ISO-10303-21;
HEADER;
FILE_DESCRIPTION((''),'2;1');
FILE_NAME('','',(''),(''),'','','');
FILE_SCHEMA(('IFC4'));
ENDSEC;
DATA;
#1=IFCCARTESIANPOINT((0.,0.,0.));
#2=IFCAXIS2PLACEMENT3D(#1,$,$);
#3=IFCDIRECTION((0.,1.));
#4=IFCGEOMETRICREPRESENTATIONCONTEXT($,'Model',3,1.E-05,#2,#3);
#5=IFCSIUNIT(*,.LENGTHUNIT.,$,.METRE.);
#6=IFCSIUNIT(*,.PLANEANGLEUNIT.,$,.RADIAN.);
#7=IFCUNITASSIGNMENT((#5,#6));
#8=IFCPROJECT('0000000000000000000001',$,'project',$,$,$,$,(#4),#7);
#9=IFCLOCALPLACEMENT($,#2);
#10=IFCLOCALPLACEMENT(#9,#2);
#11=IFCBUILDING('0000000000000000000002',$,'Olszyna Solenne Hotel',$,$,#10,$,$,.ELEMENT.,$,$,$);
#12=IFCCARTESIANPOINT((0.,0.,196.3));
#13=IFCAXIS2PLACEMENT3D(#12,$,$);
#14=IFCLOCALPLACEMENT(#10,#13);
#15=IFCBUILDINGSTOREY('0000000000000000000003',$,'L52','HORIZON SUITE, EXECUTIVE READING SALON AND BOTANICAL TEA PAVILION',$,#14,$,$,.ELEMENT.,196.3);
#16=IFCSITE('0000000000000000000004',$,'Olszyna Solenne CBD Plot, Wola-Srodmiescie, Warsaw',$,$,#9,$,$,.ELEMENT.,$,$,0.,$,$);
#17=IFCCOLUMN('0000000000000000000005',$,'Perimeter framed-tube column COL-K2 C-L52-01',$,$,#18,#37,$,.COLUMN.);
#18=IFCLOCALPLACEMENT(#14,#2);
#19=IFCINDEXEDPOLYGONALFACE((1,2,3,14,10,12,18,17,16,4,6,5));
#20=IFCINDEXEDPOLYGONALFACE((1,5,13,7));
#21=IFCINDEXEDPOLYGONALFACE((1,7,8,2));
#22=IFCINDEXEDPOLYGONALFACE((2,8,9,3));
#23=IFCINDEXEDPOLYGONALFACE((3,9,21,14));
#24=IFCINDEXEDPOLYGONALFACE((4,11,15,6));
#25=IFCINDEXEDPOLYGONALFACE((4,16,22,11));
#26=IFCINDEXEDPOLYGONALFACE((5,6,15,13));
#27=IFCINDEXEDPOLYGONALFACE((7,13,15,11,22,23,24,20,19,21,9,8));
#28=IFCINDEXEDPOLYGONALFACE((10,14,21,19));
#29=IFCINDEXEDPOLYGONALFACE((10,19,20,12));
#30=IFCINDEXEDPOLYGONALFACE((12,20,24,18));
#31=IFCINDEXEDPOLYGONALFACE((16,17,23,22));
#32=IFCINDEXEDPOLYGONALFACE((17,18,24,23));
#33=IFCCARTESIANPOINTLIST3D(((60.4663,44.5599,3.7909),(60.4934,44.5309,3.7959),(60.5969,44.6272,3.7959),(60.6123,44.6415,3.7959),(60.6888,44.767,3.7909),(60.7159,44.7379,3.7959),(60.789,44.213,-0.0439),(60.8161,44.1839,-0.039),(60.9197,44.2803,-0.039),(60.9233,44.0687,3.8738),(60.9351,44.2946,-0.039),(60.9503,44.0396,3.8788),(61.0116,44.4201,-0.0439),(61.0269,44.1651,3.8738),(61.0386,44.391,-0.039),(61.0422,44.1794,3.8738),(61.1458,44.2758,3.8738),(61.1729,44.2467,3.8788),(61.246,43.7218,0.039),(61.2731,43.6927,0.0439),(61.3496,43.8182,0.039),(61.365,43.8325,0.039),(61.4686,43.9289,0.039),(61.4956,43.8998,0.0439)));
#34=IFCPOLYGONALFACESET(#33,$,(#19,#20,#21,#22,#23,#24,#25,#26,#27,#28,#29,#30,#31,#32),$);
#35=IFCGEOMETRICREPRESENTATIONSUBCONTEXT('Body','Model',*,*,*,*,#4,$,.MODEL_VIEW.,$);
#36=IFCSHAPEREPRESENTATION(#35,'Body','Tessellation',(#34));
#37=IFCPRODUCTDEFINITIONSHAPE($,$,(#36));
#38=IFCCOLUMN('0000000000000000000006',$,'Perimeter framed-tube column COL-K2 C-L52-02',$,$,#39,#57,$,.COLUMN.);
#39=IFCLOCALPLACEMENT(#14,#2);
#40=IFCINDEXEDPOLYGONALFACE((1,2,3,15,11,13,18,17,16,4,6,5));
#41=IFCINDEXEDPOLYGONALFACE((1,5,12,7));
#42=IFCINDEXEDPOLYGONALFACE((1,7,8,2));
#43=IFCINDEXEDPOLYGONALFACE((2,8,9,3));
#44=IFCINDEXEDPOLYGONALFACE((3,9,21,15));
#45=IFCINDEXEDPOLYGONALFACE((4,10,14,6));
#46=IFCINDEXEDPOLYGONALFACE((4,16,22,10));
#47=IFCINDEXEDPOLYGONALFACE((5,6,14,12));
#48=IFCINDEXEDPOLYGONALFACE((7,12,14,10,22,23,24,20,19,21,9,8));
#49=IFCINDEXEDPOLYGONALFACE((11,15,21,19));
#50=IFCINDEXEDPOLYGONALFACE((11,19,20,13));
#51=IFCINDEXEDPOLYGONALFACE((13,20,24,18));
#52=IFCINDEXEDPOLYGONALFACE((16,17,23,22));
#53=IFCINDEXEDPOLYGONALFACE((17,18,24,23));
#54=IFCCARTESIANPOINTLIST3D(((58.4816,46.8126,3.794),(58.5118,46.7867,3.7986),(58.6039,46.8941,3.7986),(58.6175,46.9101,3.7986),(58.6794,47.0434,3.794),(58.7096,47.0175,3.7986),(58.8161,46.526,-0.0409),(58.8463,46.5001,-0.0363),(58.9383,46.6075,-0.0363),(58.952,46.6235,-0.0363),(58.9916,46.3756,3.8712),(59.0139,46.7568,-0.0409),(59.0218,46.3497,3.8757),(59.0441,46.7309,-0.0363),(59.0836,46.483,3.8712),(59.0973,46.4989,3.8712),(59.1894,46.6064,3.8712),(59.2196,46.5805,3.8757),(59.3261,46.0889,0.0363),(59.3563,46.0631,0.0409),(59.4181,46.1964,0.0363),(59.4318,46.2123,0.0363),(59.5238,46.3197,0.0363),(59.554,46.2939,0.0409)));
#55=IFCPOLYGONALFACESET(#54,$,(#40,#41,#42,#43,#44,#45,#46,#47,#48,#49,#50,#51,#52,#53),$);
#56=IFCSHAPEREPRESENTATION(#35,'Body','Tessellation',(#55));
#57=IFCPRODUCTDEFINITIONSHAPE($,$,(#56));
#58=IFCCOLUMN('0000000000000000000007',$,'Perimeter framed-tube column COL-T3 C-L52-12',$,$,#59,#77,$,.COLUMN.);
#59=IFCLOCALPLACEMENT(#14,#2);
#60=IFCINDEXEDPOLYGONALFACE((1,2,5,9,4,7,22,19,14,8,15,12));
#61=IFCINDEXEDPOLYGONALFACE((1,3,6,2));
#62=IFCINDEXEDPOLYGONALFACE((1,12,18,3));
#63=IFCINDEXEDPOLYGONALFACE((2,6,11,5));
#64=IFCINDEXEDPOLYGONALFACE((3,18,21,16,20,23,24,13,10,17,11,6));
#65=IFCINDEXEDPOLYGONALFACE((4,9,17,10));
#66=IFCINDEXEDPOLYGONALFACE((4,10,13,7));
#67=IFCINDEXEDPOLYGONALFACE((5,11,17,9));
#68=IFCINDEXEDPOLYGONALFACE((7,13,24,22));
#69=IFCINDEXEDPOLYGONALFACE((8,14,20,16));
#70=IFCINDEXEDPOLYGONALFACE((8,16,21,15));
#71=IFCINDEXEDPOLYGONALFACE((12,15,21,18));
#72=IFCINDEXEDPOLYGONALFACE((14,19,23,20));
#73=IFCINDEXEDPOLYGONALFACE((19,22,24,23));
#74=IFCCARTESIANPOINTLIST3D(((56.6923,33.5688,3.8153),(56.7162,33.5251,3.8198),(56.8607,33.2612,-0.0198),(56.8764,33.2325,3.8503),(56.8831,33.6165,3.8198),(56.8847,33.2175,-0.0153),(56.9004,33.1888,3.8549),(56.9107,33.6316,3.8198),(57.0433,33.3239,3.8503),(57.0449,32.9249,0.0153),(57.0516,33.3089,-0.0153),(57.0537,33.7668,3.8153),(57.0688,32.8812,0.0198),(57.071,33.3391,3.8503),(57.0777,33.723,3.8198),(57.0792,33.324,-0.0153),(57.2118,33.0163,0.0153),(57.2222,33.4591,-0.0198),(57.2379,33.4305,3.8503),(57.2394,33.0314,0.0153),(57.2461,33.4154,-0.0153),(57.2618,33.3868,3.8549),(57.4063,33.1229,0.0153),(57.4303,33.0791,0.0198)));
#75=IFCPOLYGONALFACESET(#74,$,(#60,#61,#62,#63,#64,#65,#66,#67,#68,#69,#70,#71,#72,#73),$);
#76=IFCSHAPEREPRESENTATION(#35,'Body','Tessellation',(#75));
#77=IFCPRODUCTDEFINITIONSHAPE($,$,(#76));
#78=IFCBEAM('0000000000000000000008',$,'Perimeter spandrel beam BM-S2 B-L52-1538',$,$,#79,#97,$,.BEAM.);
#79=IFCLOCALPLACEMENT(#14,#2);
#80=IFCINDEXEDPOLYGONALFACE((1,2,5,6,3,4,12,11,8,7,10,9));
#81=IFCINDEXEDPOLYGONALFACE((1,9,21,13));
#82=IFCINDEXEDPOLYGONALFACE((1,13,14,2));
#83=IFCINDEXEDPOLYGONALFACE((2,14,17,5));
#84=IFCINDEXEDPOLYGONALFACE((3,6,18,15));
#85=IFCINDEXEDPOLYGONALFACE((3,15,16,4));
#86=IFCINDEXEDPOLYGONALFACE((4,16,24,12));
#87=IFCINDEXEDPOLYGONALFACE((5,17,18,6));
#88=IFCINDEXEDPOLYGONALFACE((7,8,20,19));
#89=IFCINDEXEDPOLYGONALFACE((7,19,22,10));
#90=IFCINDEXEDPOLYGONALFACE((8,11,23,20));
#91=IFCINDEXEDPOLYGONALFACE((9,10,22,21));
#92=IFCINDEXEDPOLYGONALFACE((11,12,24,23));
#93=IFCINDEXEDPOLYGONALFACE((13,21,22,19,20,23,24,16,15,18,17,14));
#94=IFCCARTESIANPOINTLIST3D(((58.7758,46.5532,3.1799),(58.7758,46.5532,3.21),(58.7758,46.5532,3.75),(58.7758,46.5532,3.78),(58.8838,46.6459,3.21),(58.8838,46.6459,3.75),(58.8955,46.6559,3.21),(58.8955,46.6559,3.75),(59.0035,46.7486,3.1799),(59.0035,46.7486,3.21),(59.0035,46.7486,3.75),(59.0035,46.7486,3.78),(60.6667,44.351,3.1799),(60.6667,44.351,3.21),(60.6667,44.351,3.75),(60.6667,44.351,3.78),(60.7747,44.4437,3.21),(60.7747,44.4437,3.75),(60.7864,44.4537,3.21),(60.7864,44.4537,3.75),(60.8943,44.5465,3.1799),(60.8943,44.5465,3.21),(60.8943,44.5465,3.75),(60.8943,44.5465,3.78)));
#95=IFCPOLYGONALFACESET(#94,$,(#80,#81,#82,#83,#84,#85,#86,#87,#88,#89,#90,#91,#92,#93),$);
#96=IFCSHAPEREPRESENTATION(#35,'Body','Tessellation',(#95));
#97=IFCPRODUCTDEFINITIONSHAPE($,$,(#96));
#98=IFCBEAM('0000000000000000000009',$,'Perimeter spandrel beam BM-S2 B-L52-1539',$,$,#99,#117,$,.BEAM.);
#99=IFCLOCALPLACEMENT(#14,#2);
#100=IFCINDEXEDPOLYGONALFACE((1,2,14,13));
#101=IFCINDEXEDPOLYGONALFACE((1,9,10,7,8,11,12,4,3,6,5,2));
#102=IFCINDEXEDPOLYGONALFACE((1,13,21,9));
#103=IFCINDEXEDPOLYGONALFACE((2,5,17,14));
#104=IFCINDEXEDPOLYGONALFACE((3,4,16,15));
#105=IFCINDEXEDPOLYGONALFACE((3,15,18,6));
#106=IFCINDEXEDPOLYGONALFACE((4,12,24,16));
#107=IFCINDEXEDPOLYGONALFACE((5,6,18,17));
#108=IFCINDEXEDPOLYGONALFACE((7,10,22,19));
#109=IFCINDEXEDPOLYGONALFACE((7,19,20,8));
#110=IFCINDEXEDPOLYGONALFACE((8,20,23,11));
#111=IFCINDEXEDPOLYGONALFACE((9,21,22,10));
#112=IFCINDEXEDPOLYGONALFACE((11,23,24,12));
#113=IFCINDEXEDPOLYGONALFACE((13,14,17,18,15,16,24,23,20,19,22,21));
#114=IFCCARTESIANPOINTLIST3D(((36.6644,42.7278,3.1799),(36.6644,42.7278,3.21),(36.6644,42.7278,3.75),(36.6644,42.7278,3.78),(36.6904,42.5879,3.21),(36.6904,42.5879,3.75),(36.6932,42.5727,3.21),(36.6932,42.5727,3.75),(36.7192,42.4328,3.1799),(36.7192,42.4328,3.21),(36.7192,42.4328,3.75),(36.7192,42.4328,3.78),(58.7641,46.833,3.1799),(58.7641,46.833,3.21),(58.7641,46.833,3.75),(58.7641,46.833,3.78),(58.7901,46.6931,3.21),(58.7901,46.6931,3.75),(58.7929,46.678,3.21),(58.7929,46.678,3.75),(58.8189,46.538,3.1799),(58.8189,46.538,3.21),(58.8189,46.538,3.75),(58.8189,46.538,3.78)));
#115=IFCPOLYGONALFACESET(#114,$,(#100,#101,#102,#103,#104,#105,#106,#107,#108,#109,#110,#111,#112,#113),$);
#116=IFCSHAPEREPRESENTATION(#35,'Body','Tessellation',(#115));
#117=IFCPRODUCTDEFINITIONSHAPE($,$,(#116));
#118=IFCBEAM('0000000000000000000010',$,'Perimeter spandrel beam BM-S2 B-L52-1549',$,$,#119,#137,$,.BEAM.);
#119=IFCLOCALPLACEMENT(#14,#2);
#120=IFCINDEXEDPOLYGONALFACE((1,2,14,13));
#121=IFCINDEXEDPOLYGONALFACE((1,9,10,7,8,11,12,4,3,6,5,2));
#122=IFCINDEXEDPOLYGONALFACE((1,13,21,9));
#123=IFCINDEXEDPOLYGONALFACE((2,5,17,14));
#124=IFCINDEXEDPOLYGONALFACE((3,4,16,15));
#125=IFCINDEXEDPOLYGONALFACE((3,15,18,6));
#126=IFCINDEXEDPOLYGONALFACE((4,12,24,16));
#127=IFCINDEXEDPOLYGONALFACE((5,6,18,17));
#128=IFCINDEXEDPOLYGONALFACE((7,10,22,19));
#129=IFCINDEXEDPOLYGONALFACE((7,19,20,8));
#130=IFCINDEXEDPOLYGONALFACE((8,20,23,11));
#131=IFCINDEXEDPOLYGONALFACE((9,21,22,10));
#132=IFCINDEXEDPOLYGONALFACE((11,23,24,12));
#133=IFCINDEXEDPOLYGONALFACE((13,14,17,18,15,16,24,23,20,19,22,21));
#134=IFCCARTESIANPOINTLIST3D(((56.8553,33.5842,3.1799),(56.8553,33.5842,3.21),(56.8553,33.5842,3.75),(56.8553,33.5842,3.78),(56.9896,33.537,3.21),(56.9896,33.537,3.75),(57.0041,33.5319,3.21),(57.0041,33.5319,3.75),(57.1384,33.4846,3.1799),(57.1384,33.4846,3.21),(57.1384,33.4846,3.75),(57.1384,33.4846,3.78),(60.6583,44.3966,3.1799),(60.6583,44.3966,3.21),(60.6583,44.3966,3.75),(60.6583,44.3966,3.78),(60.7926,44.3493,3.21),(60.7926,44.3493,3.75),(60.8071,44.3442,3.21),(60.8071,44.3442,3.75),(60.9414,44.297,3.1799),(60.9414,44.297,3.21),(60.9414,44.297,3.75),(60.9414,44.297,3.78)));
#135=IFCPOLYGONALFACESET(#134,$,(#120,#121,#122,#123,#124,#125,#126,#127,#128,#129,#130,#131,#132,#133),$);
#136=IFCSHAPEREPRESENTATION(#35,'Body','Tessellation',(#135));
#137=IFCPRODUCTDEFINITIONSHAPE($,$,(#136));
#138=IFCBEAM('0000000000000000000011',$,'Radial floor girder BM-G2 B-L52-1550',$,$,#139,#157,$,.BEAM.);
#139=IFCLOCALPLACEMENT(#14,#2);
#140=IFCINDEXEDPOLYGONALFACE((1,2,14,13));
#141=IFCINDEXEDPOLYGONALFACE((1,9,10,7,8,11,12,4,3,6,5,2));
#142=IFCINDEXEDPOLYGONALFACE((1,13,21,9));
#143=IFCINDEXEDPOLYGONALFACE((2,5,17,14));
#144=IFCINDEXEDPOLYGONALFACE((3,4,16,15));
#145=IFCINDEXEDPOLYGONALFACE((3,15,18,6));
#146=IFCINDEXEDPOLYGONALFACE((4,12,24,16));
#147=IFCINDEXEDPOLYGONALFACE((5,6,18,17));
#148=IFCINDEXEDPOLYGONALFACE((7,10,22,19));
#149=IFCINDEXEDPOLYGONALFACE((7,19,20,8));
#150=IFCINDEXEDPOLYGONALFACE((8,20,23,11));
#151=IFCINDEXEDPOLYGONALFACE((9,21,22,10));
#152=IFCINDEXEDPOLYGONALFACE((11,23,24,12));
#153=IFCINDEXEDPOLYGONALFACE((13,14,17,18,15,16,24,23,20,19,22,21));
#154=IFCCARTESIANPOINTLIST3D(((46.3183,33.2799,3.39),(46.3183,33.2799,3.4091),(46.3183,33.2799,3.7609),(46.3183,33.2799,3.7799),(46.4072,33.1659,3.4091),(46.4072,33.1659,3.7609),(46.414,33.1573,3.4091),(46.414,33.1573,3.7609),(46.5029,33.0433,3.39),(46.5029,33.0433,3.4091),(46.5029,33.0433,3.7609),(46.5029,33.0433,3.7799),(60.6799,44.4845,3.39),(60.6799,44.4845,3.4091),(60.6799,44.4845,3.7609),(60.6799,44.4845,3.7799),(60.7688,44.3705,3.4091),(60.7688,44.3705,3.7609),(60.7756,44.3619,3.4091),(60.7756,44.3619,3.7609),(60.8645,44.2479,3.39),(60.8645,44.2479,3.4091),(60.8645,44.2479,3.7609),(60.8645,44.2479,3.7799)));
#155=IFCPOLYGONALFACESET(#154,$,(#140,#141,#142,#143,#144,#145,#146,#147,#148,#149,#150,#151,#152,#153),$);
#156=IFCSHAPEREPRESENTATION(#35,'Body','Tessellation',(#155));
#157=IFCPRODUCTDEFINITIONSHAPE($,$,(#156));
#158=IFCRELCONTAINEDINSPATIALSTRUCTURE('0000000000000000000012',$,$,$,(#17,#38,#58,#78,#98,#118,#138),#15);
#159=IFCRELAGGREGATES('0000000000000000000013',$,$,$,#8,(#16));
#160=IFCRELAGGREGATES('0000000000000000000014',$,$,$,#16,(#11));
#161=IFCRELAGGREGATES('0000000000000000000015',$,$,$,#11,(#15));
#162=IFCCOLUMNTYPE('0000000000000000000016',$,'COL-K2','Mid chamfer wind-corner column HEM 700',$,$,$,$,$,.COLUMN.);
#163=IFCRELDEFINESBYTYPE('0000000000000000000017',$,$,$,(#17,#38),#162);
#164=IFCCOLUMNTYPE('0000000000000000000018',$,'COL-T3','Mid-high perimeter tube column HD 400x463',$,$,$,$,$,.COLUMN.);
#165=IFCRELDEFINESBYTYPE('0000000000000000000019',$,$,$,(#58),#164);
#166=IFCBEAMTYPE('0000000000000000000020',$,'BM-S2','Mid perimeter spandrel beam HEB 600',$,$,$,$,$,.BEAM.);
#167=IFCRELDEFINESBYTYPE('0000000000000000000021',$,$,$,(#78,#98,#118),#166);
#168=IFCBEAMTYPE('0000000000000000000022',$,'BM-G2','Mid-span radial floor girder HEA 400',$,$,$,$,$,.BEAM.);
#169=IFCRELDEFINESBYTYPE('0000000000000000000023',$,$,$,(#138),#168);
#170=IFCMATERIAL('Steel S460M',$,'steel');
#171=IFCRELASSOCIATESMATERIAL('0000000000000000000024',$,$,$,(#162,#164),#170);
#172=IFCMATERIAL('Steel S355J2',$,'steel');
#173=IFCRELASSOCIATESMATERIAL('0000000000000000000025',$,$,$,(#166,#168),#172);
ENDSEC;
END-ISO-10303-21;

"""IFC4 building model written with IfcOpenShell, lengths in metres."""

from ifc_helpers import new_model, si_unit, direction, frame, origin, origin_2d, place, context, subcontext, project, spatial, i_section, extrude, source, transform, mapped, material, material_profile, profile_set, type_object, element, save


model = new_model("IFC4")

# Units and contexts
model_context = context("Model", 3, precision=1e-05, world=origin(), true_north=direction((0.0, 1.0)))
body_context = subcontext(model_context, "Body", "Model", "MODEL_VIEW")
ifc_project = project(units=[si_unit("LENGTHUNIT", "METRE"), si_unit("PLANEANGLEUNIT", "RADIAN")], contexts=[model_context])

# Site, building, storey
site_placement = place(None, origin())
site = spatial("IfcSite", under=ifc_project, at=site_placement, Name="Olszyna Solenne CBD Plot, Wola-Srodmiescie, Warsaw", CompositionType="ELEMENT", RefElevation=0.0)
building_placement = place(site_placement, origin())
building = spatial("IfcBuilding", under=site, at=building_placement, Name="Olszyna Solenne Hotel", CompositionType="ELEMENT")
storey_placement = place(building_placement, frame((0.0, 0.0, 196.3)))
storey = spatial("IfcBuildingStorey", under=building, at=storey_placement, Name="L52", Description="HORIZON SUITE, EXECUTIVE READING SALON AND BOTANICAL TEA PAVILION", CompositionType="ELEMENT", Elevation=196.3)

# Columns
ifc_material_1 = material(Name="Steel S460M", Category="steel")
ifc_material_profile_1 = material_profile(ifc_material_1, i_section(OverallWidth=0.304, OverallDepth=0.7161, WebThickness=0.021, FlangeThickness=0.04, at=origin_2d()), Name="HEM 700", Category="load-bearing")
ifc_profile_set_1 = profile_set([ifc_material_profile_1], Name="Steel S460M")
column_type_1 = type_object("IfcColumnType", Name="COL-K2", Description="Mid chamfer wind-corner column HEM 700", PredefinedType="COLUMN", material=ifc_profile_set_1)
shared_shape_1 = source(origin(), body_context, "Body", "SweptSolid", [
    extrude(i_section(OverallWidth=0.304, OverallDepth=0.7161, WebThickness=0.021, FlangeThickness=0.04, at=origin_2d()), origin(), (0.0, 0.0, 1.0), 3.864),
])
column_1_placement = place(storey_placement, frame((61.1423, 44.0564, 0.0), z_axis=(-0.083526, 0.089781, 0.992453), x_axis=(-0.732151, -0.681142, 0.0)))
element("IfcColumn", 1, at=column_1_placement, inside=storey, type_object=column_type_1, Name="Perimeter framed-tube column COL-K2 C-L52-01", PredefinedType="COLUMN", context=body_context, shape_type="MappedRepresentation", body=[
    mapped(shared_shape_1, transform((0.0, 0.0, 0.0), x_axis=(1.0, 0.0, 0.0), y_axis=(0.0, 1.0, 0.0), z_axis=(0.0, 0.0, 1.0), scale=1.0)),
])
shared_shape_2 = source(origin(), body_context, "Body", "SweptSolid", [
    extrude(i_section(OverallWidth=0.304, OverallDepth=0.7161, WebThickness=0.021, FlangeThickness=0.04, at=origin_2d()), origin(), (0.0, 0.0, 1.0), 3.8601),
])
column_2_placement = place(storey_placement, frame((59.1851, 46.4099, 0.0), z_axis=(-0.086647, 0.074251, 0.993468), x_axis=(-0.6507, -0.759335, 0.0)))
element("IfcColumn", 2, at=column_2_placement, inside=storey, type_object=column_type_1, Name="Perimeter framed-tube column COL-K2 C-L52-02", PredefinedType="COLUMN", context=body_context, shape_type="MappedRepresentation", body=[
    mapped(shared_shape_2, transform((0.0, 0.0, 0.0), x_axis=(1.0, 0.0, 0.0), y_axis=(0.0, 1.0, 0.0), z_axis=(0.0, 0.0, 1.0), scale=1.0)),
])
ifc_material_profile_2 = material_profile(ifc_material_1, i_section(OverallWidth=0.4121, OverallDepth=0.4351, WebThickness=0.0315, FlangeThickness=0.05, at=origin_2d()), Name="HD 400x463", Category="load-bearing")
ifc_profile_set_2 = profile_set([ifc_material_profile_2], Name="Steel S460M")
column_type_2 = type_object("IfcColumnType", Name="COL-T3", Description="Mid-high perimeter tube column HD 400x463", PredefinedType="COLUMN", material=ifc_profile_set_2)
shared_shape_3 = source(origin(), body_context, "Body", "SweptSolid", [
    extrude(i_section(OverallWidth=0.4121, OverallDepth=0.4351, WebThickness=0.0315, FlangeThickness=0.05, at=origin_2d()), origin(), (0.0, 0.0, 1.0), 3.8511),
])
column_3_placement = place(storey_placement, frame((57.1455, 33.1702, 0.0), z_axis=(-0.043744, 0.079881, 0.995844), x_axis=(-0.877096, -0.480315, 0.0)))
element("IfcColumn", 3, at=column_3_placement, inside=storey, type_object=column_type_2, Name="Perimeter framed-tube column COL-T3 C-L52-12", PredefinedType="COLUMN", context=body_context, shape_type="MappedRepresentation", body=[
    mapped(shared_shape_3, transform((0.0, 0.0, 0.0), x_axis=(1.0, 0.0, 0.0), y_axis=(0.0, 1.0, 0.0), z_axis=(0.0, 0.0, 1.0), scale=1.0)),
])

# Beams
ifc_material_2 = material(Name="Steel S355J2", Category="steel")
ifc_material_profile_3 = material_profile(ifc_material_2, i_section(OverallWidth=0.3, OverallDepth=0.6001, WebThickness=0.0154, FlangeThickness=0.03, at=origin_2d()), Name="HEB 600", Category="load-bearing")
ifc_profile_set_3 = profile_set([ifc_material_profile_3], Name="Steel S355J2")
beam_type_1 = type_object("IfcBeamType", Name="BM-S2", Description="Mid perimeter spandrel beam HEB 600", PredefinedType="BEAM", material=ifc_profile_set_3)
shared_shape_4 = source(origin(), body_context, "Body", "SweptSolid", [
    extrude(i_section(OverallWidth=0.3, OverallDepth=0.6001, WebThickness=0.0154, FlangeThickness=0.03, at=origin_2d()), origin(), (0.0, 0.0, 1.0), 2.9026),
])
beam_1_placement = place(storey_placement, frame((60.7805, 44.4487, 3.48), z_axis=(-0.651449, 0.758692, 0.0), x_axis=(-0.758692, -0.651449, 0.0)))
element("IfcBeam", 4, at=beam_1_placement, inside=storey, type_object=beam_type_1, Name="Perimeter spandrel beam BM-S2 B-L52-1538", PredefinedType="BEAM", context=body_context, shape_type="MappedRepresentation", body=[
    mapped(shared_shape_4, transform((0.0, 0.0, 0.0), x_axis=(1.0, 0.0, 0.0), y_axis=(0.0, 1.0, 0.0), z_axis=(0.0, 0.0, 1.0), scale=1.0)),
])
shared_shape_5 = source(origin(), body_context, "Body", "SweptSolid", [
    extrude(i_section(OverallWidth=0.3, OverallDepth=0.6001, WebThickness=0.0154, FlangeThickness=0.03, at=origin_2d()), origin(), (0.0, 0.0, 1.0), 22.4778),
])
beam_2_placement = place(storey_placement, frame((58.7915, 46.6855, 3.48), z_axis=(-0.983181, -0.182636, 0.0), x_axis=(0.182636, -0.983181, 0.0)))
element("IfcBeam", 5, at=beam_2_placement, inside=storey, type_object=beam_type_1, Name="Perimeter spandrel beam BM-S2 B-L52-1539", PredefinedType="BEAM", context=body_context, shape_type="MappedRepresentation", body=[
    mapped(shared_shape_5, transform((0.0, 0.0, 0.0), x_axis=(1.0, 0.0, 0.0), y_axis=(0.0, 1.0, 0.0), z_axis=(0.0, 0.0, 1.0), scale=1.0)),
])
shared_shape_6 = source(origin(), body_context, "Body", "SweptSolid", [
    extrude(i_section(OverallWidth=0.3, OverallDepth=0.6001, WebThickness=0.0154, FlangeThickness=0.03, at=origin_2d()), origin(), (0.0, 0.0, 1.0), 11.4617),
])
beam_3_placement = place(storey_placement, frame((56.9968, 33.5344, 3.48), z_axis=(0.331803, 0.943349, 0.0), x_axis=(-0.943349, 0.331803, 0.0)))
element("IfcBeam", 6, at=beam_3_placement, inside=storey, type_object=beam_type_1, Name="Perimeter spandrel beam BM-S2 B-L52-1549", PredefinedType="BEAM", context=body_context, shape_type="MappedRepresentation", body=[
    mapped(shared_shape_6, transform((0.0, 0.0, 0.0), x_axis=(1.0, 0.0, 0.0), y_axis=(0.0, 1.0, 0.0), z_axis=(0.0, 0.0, 1.0), scale=1.0)),
])
ifc_material_profile_4 = material_profile(ifc_material_2, i_section(OverallWidth=0.3, OverallDepth=0.3899, WebThickness=0.011, FlangeThickness=0.019, at=origin_2d()), Name="HEA 400", Category="load-bearing")
ifc_profile_set_4 = profile_set([ifc_material_profile_4], Name="Steel S355J2")
beam_type_2 = type_object("IfcBeamType", Name="BM-G2", Description="Mid-span radial floor girder HEA 400", PredefinedType="BEAM", material=ifc_profile_set_4)
shared_shape_7 = source(origin(), body_context, "Body", "SweptSolid", [
    extrude(i_section(OverallWidth=0.3, OverallDepth=0.3899, WebThickness=0.011, FlangeThickness=0.019, at=origin_2d()), origin(), (0.0, 0.0, 1.0), 18.2153),
])
beam_4_placement = place(storey_placement, frame((60.7722, 44.3662, 3.585), z_axis=(-0.788434, -0.615119, 0.0), x_axis=(0.615119, -0.788434, 0.0)))
element("IfcBeam", 7, at=beam_4_placement, inside=storey, type_object=beam_type_2, Name="Radial floor girder BM-G2 B-L52-1550", PredefinedType="BEAM", context=body_context, shape_type="MappedRepresentation", body=[
    mapped(shared_shape_7, transform((0.0, 0.0, 0.0), x_axis=(1.0, 0.0, 0.0), y_axis=(0.0, 1.0, 0.0), z_axis=(0.0, 0.0, 1.0), scale=1.0)),
])

save(model, "model.ifc")
